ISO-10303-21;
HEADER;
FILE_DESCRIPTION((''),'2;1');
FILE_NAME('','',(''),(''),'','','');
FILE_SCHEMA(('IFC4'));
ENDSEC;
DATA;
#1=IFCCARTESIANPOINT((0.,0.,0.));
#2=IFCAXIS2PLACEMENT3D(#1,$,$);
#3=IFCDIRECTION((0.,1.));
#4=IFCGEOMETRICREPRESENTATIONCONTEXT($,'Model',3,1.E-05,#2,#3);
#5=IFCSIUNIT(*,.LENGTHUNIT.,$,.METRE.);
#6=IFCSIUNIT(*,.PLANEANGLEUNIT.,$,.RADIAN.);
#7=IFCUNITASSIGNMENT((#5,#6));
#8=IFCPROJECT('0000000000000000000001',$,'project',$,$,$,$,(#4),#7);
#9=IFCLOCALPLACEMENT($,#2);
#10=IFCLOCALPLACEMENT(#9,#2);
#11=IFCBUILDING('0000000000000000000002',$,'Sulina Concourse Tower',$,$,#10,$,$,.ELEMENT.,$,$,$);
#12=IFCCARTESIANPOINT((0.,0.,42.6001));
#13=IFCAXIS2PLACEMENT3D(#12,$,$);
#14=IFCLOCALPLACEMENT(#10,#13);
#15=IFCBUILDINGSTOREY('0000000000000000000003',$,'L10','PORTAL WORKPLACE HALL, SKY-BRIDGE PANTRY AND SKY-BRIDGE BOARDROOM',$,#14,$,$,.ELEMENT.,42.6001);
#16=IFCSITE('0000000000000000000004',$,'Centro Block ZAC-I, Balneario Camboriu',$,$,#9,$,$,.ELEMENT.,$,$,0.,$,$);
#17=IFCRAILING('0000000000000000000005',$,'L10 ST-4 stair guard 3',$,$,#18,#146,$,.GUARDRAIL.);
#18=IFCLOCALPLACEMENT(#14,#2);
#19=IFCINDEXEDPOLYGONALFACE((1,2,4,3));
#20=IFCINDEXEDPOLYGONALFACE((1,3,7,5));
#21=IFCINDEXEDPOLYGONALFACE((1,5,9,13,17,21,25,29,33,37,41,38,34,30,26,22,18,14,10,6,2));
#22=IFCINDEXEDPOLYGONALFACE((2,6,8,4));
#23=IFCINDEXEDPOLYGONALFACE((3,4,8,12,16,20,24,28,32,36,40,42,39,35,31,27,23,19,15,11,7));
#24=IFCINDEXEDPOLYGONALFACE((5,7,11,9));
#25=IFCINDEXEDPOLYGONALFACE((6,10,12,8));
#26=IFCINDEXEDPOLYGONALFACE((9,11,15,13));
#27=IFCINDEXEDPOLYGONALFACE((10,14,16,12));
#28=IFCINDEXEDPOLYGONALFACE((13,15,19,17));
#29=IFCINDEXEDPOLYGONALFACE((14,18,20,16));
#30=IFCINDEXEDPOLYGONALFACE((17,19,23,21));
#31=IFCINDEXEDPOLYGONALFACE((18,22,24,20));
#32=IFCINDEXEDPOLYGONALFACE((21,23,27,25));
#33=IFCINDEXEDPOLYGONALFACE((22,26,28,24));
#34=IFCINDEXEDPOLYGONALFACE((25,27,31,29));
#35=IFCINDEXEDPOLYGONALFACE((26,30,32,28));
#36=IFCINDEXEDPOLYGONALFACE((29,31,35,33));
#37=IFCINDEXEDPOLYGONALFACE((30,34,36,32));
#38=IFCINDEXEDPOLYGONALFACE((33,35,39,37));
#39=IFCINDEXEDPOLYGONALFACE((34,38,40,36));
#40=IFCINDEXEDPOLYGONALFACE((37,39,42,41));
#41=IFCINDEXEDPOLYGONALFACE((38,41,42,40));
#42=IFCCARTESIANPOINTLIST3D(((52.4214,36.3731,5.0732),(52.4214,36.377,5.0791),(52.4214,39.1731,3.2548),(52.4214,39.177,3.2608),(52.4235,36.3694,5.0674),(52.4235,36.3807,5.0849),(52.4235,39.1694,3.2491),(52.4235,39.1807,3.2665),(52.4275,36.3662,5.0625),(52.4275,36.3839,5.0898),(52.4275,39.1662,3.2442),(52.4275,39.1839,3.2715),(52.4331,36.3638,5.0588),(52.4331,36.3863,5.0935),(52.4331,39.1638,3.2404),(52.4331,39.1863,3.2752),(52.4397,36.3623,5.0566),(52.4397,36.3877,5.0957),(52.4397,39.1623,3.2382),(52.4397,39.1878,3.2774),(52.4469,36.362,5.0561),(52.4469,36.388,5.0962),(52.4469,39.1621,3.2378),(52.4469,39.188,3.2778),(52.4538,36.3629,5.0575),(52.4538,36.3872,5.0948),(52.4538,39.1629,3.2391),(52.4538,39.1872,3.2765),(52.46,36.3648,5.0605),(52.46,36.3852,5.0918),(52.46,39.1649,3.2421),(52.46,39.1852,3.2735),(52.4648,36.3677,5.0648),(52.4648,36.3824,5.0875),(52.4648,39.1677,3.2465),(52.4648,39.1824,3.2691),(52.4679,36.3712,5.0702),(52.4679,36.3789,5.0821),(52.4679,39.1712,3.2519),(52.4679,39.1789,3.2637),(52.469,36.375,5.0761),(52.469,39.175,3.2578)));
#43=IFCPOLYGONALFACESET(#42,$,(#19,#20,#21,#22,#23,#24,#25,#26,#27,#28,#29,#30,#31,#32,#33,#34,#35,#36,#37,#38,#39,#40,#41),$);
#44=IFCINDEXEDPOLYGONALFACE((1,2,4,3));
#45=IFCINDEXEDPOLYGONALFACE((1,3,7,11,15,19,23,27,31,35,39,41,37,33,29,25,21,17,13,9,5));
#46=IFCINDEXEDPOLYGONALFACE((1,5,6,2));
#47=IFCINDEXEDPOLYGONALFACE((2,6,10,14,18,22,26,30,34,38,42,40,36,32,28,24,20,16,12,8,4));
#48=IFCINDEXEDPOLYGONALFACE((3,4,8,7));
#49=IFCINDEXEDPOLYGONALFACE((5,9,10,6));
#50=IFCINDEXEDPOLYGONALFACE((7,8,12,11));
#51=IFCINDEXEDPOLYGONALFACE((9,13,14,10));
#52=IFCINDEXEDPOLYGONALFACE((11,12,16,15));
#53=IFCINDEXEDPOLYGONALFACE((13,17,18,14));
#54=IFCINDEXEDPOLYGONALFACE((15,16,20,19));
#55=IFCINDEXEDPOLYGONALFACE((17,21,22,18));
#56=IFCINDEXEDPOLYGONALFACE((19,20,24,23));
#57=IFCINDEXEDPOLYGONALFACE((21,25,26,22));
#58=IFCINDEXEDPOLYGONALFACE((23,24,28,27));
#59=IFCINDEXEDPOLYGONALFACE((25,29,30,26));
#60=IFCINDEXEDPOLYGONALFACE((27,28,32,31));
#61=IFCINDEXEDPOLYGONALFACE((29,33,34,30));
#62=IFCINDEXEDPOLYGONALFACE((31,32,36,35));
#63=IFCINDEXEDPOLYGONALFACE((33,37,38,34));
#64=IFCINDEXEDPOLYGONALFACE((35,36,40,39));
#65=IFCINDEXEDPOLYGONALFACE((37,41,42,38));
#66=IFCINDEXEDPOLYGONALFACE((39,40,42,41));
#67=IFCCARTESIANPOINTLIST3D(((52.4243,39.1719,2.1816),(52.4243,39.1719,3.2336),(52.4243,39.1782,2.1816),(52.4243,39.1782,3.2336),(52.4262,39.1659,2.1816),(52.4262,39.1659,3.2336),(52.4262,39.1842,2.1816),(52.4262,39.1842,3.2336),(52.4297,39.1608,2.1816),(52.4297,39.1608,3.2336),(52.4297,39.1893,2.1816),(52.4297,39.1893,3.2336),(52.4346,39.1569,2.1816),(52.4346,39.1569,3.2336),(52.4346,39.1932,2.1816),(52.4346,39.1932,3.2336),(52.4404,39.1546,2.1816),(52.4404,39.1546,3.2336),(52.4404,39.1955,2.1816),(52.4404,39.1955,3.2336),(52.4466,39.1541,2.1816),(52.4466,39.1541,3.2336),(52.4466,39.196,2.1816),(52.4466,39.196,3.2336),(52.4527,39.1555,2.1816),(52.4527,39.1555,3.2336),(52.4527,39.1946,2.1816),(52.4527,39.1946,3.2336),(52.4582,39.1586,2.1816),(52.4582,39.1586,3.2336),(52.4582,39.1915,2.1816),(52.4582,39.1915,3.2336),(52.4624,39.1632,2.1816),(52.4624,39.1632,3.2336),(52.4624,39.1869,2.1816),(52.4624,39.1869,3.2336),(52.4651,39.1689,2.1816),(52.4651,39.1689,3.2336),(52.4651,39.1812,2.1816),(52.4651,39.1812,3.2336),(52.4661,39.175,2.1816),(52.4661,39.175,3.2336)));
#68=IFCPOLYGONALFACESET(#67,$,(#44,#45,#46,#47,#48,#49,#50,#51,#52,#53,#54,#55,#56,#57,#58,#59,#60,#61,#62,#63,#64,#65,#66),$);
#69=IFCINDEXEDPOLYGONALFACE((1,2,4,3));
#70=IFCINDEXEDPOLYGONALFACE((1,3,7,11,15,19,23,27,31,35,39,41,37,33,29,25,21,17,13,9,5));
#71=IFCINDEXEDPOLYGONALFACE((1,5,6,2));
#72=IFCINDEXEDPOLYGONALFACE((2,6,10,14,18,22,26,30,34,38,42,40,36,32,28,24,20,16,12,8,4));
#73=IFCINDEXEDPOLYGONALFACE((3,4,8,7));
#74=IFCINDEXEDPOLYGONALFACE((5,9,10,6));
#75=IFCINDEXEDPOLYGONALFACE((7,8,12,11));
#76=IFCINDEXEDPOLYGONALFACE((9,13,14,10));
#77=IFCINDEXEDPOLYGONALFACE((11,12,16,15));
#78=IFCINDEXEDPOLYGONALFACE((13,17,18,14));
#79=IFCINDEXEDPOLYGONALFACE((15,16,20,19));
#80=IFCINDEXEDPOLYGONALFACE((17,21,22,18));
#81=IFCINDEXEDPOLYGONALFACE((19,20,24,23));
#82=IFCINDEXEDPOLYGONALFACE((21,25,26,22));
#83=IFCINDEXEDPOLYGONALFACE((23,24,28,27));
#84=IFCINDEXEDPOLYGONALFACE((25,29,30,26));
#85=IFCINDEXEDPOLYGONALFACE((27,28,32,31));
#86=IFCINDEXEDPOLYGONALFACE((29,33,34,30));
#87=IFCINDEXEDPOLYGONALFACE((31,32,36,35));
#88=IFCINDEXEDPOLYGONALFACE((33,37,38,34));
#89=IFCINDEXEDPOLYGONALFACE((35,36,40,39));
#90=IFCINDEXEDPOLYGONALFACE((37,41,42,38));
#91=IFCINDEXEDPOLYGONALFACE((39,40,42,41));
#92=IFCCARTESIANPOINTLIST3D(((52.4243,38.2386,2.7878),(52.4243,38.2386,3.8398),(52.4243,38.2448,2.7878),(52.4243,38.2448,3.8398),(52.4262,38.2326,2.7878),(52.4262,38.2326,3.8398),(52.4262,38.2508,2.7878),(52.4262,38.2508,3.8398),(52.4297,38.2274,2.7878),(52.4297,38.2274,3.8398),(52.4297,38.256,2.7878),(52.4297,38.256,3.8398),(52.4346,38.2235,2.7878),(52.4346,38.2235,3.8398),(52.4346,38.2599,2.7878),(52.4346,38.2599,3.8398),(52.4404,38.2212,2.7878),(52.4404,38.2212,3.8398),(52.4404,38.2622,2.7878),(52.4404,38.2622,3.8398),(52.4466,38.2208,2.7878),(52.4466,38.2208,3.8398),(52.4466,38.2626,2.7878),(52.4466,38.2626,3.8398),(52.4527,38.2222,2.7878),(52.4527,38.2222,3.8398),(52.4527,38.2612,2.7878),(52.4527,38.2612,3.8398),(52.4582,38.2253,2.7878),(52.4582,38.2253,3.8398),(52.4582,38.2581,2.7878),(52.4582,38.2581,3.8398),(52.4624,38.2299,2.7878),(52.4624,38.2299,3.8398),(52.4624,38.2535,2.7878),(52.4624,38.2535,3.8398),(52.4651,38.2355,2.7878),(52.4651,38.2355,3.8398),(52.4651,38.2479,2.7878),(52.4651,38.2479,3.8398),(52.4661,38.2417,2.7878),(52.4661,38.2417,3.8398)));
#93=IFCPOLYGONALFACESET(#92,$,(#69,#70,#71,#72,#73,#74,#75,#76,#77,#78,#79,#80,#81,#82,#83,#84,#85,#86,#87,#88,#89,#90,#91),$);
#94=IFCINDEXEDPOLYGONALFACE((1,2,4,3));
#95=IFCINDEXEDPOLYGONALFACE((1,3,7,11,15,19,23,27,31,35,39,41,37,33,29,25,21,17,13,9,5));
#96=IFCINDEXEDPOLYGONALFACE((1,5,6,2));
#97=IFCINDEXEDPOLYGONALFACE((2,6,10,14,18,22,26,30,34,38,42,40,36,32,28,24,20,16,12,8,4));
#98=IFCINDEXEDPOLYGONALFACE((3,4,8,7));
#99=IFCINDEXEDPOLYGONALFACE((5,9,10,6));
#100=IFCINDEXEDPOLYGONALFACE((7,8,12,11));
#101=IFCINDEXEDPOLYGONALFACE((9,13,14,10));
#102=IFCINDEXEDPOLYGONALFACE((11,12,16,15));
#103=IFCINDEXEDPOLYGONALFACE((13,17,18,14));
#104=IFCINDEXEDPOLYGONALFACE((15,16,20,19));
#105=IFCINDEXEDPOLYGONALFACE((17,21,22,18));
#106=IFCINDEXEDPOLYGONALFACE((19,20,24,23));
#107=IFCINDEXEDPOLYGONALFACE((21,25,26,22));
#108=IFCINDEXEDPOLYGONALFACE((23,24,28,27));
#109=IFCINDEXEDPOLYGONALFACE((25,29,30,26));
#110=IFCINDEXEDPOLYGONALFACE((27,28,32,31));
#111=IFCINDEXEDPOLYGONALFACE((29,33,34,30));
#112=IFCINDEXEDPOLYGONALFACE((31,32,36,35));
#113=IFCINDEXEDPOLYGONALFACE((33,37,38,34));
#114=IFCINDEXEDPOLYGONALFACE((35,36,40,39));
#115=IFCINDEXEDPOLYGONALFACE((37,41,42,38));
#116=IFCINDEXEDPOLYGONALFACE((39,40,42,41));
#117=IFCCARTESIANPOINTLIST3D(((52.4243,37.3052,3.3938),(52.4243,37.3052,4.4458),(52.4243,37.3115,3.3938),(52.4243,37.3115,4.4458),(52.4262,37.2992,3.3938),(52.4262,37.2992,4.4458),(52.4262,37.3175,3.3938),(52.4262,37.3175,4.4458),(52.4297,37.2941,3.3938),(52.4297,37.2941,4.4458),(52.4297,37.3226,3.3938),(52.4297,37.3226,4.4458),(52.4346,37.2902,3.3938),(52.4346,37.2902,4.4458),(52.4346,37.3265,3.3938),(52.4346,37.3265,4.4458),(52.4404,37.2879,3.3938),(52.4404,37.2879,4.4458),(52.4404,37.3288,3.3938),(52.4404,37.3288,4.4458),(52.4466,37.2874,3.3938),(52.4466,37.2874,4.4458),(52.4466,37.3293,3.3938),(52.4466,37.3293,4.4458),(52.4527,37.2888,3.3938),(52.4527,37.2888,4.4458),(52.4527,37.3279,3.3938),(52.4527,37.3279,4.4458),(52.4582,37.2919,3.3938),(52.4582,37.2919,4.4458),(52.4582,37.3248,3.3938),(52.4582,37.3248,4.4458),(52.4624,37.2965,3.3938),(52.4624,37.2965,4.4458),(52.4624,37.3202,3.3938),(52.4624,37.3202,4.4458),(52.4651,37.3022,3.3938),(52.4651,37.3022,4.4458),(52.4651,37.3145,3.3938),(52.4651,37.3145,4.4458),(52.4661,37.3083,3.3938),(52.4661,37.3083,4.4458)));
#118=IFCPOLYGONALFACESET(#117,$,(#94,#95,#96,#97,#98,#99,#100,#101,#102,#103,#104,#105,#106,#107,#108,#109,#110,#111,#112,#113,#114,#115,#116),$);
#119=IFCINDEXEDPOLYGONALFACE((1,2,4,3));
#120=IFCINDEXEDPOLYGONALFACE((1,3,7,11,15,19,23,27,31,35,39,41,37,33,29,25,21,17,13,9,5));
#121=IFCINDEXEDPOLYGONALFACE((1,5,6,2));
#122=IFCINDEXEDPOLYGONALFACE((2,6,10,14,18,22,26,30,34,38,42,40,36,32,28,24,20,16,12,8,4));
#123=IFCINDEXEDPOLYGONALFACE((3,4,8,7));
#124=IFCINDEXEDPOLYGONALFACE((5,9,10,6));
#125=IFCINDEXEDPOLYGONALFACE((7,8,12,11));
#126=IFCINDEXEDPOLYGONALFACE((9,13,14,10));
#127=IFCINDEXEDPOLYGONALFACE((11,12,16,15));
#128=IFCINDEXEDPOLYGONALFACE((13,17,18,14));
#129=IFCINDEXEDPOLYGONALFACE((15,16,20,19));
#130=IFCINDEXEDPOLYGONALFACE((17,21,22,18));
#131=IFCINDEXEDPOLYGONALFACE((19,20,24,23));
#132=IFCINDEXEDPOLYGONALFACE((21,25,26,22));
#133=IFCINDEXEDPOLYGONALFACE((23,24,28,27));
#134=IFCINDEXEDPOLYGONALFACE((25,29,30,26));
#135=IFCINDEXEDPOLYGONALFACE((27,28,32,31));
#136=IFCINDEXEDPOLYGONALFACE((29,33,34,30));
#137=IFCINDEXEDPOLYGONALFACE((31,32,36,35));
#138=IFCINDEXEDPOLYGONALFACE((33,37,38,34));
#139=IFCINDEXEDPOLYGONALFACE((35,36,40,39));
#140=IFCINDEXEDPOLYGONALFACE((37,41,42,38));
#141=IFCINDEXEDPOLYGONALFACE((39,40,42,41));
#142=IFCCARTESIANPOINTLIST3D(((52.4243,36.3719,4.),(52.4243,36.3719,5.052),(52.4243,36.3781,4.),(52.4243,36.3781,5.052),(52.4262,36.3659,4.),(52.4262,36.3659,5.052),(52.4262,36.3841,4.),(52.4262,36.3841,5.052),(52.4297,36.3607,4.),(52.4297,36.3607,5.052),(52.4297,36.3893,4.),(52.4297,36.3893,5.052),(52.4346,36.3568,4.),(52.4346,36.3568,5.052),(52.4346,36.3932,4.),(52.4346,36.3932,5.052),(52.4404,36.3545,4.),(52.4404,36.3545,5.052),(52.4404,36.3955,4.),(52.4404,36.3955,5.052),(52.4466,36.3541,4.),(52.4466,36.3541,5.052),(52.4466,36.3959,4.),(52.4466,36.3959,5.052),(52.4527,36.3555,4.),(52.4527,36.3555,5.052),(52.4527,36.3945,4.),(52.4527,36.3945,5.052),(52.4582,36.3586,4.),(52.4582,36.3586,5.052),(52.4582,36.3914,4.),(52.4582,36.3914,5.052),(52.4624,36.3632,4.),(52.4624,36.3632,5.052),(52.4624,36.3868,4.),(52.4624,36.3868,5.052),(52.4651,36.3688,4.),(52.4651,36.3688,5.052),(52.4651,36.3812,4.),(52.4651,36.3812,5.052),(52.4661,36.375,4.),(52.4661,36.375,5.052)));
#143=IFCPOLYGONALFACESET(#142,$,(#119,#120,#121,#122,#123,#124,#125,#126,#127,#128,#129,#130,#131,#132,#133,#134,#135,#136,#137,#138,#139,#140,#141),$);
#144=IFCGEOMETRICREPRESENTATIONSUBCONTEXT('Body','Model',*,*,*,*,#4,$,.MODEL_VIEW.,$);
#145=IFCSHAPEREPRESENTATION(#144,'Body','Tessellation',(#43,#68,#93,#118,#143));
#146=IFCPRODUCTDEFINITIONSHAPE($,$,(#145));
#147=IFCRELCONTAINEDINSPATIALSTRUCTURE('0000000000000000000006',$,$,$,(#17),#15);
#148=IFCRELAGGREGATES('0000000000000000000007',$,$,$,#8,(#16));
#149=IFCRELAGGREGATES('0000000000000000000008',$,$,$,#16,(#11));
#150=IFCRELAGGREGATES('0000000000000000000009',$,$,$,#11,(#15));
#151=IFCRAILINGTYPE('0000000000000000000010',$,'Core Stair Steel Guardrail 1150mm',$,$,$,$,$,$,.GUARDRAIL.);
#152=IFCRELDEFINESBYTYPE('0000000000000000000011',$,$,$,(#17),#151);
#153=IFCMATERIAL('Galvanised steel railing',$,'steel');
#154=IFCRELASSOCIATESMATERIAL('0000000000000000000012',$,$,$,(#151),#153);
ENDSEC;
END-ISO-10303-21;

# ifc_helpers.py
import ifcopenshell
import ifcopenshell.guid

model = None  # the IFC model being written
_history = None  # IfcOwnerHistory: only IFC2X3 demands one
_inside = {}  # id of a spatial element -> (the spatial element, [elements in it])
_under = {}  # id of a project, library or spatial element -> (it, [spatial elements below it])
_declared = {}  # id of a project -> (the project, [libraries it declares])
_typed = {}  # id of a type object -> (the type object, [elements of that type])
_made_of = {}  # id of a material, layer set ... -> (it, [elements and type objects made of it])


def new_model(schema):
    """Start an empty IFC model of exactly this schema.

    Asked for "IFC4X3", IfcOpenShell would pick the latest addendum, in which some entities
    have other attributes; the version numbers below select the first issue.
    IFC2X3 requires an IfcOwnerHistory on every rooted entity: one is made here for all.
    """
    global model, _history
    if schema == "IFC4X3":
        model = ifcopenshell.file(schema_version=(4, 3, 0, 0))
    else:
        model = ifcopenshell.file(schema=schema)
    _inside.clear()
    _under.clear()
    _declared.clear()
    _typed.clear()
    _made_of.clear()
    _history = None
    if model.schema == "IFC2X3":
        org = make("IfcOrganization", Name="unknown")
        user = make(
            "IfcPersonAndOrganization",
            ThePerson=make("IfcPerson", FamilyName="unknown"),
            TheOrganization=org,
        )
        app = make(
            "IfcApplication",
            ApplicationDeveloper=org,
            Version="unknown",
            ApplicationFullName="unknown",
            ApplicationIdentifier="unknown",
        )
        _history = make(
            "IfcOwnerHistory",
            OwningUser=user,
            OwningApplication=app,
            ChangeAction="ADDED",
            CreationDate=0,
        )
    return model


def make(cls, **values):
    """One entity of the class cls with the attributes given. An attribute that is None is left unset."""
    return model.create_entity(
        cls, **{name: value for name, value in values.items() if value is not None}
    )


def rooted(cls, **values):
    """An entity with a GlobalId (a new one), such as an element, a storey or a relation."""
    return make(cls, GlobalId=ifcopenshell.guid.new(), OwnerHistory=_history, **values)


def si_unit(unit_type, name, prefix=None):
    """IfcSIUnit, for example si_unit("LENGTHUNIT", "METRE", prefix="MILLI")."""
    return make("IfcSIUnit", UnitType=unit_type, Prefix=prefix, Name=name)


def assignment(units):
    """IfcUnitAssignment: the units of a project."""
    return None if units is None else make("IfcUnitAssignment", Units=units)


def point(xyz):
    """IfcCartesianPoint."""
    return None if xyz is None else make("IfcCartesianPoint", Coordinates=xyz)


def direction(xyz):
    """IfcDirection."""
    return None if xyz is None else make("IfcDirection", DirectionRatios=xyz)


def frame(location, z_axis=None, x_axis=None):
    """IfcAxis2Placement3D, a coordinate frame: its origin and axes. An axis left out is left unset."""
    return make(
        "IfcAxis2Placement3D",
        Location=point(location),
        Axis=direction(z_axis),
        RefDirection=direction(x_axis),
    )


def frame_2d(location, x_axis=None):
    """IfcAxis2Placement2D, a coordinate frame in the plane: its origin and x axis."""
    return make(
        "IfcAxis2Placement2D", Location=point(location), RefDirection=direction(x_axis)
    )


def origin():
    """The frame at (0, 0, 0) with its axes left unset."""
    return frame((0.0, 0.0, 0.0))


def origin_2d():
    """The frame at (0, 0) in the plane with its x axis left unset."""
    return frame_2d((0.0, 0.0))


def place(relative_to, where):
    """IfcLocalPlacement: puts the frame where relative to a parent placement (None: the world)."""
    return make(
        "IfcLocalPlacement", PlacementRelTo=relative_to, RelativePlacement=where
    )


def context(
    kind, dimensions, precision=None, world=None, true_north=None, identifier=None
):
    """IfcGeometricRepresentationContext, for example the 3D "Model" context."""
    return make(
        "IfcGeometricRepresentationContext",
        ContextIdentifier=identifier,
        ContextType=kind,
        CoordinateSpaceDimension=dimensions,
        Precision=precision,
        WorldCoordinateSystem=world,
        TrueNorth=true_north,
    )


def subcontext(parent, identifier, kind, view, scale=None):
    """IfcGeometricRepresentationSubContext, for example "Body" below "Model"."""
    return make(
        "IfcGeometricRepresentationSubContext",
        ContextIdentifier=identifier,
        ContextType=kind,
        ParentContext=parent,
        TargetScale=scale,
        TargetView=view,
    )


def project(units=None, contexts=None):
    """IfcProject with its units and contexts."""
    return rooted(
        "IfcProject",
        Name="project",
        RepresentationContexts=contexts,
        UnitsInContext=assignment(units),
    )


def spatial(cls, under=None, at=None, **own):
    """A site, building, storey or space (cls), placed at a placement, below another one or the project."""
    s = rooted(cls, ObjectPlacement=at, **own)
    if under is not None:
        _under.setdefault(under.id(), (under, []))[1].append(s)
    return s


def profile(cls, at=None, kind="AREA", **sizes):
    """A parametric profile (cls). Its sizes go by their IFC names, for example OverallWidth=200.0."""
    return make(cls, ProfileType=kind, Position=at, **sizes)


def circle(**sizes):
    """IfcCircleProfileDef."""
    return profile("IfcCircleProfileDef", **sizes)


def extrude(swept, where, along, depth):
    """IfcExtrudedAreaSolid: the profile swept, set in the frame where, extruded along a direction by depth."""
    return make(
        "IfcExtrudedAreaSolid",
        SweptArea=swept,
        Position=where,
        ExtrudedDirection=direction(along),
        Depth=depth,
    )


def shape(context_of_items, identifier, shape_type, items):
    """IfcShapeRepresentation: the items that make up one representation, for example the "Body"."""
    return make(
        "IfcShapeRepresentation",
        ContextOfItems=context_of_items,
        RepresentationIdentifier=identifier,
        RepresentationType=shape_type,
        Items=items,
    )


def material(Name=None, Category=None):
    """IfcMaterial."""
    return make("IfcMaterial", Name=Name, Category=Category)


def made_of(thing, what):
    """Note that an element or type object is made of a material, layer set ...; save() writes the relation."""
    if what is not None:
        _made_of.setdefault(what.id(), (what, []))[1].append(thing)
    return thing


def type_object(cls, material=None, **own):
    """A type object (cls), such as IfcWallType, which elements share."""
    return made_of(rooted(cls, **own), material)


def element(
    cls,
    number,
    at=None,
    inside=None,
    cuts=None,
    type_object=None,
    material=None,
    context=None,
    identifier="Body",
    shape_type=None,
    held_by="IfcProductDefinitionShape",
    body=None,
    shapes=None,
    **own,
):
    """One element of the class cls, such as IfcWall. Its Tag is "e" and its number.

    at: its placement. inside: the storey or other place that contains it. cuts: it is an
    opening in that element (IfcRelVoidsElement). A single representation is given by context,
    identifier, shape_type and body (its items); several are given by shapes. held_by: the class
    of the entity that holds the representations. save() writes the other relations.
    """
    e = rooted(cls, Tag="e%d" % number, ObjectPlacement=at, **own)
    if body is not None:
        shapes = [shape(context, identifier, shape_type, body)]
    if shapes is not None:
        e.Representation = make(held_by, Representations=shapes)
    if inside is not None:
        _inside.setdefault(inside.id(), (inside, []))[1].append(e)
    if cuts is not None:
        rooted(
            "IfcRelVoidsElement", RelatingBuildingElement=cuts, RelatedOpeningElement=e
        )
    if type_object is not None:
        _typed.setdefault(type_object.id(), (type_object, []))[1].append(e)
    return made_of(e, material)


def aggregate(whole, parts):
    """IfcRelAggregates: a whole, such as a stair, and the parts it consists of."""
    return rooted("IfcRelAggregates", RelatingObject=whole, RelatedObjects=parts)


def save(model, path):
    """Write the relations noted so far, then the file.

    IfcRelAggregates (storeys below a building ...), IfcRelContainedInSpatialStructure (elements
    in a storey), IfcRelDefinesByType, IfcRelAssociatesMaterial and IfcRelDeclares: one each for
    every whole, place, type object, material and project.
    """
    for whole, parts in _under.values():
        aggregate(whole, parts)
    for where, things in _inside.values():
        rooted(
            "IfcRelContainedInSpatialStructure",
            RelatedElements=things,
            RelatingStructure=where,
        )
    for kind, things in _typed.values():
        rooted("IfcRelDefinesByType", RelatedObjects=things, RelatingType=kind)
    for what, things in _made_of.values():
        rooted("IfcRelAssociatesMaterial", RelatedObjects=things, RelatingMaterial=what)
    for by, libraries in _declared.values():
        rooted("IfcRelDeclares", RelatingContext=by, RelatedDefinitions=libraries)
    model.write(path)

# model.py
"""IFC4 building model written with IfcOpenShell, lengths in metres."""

from ifc_helpers import new_model, si_unit, direction, frame, origin, origin_2d, place, context, subcontext, project, spatial, circle, extrude, material, type_object, element, save


model = new_model("IFC4")

# Units and contexts
model_context = context("Model", 3, precision=1e-05, world=origin(), true_north=direction((0.0, 1.0)))
body_context = subcontext(model_context, "Body", "Model", "MODEL_VIEW")
ifc_project = project(units=[si_unit("LENGTHUNIT", "METRE"), si_unit("PLANEANGLEUNIT", "RADIAN")], contexts=[model_context])

# Site, building, storey
site_placement = place(None, origin())
site = spatial("IfcSite", under=ifc_project, at=site_placement, Name="Centro Block ZAC-I, Balneario Camboriu", CompositionType="ELEMENT", RefElevation=0.0)
building_placement = place(site_placement, origin())
building = spatial("IfcBuilding", under=site, at=building_placement, Name="Sulina Concourse Tower", CompositionType="ELEMENT")
storey_placement = place(building_placement, frame((0.0, 0.0, 42.6001)))
storey = spatial("IfcBuildingStorey", under=building, at=storey_placement, Name="L10", Description="PORTAL WORKPLACE HALL, SKY-BRIDGE PANTRY AND SKY-BRIDGE BOARDROOM", CompositionType="ELEMENT", Elevation=42.6001)

# Railing
ifc_material_1 = material(Name="Galvanised steel railing", Category="steel")
railing_type_1 = type_object("IfcRailingType", Name="Core Stair Steel Guardrail 1150mm", PredefinedType="GUARDRAIL", material=ifc_material_1)
railing_1_placement = place(storey_placement, frame((52.4451, 39.175, 2.1816)))
element("IfcRailing", 1, at=railing_1_placement, inside=storey, type_object=railing_type_1, Name="L10 ST-4 stair guard 3", PredefinedType="GUARDRAIL", context=body_context, shape_type="SweptSolid", body=[
    extrude(circle(Radius=0.0239, at=origin_2d()), frame((0.0, 0.0, 1.0762), z_axis=(0.0, -0.838672, 0.544636), x_axis=(1.0, 0.0, 0.0)), (0.0, 0.0, 1.0), 3.3386),
    extrude(circle(Radius=0.021, at=origin_2d()), origin(), (0.0, 0.0, 1.0), 1.052),
    extrude(circle(Radius=0.021, at=origin_2d()), frame((0.0, -0.9333, 0.6062)), (0.0, 0.0, 1.0), 1.052),
    extrude(circle(Radius=0.021, at=origin_2d()), frame((0.0, -1.8667, 1.2122)), (0.0, 0.0, 1.0), 1.052),
    extrude(circle(Radius=0.021, at=origin_2d()), frame((0.0, -2.8, 1.8184)), (0.0, 0.0, 1.0), 1.052),
])

save(model, "model.ifc")
